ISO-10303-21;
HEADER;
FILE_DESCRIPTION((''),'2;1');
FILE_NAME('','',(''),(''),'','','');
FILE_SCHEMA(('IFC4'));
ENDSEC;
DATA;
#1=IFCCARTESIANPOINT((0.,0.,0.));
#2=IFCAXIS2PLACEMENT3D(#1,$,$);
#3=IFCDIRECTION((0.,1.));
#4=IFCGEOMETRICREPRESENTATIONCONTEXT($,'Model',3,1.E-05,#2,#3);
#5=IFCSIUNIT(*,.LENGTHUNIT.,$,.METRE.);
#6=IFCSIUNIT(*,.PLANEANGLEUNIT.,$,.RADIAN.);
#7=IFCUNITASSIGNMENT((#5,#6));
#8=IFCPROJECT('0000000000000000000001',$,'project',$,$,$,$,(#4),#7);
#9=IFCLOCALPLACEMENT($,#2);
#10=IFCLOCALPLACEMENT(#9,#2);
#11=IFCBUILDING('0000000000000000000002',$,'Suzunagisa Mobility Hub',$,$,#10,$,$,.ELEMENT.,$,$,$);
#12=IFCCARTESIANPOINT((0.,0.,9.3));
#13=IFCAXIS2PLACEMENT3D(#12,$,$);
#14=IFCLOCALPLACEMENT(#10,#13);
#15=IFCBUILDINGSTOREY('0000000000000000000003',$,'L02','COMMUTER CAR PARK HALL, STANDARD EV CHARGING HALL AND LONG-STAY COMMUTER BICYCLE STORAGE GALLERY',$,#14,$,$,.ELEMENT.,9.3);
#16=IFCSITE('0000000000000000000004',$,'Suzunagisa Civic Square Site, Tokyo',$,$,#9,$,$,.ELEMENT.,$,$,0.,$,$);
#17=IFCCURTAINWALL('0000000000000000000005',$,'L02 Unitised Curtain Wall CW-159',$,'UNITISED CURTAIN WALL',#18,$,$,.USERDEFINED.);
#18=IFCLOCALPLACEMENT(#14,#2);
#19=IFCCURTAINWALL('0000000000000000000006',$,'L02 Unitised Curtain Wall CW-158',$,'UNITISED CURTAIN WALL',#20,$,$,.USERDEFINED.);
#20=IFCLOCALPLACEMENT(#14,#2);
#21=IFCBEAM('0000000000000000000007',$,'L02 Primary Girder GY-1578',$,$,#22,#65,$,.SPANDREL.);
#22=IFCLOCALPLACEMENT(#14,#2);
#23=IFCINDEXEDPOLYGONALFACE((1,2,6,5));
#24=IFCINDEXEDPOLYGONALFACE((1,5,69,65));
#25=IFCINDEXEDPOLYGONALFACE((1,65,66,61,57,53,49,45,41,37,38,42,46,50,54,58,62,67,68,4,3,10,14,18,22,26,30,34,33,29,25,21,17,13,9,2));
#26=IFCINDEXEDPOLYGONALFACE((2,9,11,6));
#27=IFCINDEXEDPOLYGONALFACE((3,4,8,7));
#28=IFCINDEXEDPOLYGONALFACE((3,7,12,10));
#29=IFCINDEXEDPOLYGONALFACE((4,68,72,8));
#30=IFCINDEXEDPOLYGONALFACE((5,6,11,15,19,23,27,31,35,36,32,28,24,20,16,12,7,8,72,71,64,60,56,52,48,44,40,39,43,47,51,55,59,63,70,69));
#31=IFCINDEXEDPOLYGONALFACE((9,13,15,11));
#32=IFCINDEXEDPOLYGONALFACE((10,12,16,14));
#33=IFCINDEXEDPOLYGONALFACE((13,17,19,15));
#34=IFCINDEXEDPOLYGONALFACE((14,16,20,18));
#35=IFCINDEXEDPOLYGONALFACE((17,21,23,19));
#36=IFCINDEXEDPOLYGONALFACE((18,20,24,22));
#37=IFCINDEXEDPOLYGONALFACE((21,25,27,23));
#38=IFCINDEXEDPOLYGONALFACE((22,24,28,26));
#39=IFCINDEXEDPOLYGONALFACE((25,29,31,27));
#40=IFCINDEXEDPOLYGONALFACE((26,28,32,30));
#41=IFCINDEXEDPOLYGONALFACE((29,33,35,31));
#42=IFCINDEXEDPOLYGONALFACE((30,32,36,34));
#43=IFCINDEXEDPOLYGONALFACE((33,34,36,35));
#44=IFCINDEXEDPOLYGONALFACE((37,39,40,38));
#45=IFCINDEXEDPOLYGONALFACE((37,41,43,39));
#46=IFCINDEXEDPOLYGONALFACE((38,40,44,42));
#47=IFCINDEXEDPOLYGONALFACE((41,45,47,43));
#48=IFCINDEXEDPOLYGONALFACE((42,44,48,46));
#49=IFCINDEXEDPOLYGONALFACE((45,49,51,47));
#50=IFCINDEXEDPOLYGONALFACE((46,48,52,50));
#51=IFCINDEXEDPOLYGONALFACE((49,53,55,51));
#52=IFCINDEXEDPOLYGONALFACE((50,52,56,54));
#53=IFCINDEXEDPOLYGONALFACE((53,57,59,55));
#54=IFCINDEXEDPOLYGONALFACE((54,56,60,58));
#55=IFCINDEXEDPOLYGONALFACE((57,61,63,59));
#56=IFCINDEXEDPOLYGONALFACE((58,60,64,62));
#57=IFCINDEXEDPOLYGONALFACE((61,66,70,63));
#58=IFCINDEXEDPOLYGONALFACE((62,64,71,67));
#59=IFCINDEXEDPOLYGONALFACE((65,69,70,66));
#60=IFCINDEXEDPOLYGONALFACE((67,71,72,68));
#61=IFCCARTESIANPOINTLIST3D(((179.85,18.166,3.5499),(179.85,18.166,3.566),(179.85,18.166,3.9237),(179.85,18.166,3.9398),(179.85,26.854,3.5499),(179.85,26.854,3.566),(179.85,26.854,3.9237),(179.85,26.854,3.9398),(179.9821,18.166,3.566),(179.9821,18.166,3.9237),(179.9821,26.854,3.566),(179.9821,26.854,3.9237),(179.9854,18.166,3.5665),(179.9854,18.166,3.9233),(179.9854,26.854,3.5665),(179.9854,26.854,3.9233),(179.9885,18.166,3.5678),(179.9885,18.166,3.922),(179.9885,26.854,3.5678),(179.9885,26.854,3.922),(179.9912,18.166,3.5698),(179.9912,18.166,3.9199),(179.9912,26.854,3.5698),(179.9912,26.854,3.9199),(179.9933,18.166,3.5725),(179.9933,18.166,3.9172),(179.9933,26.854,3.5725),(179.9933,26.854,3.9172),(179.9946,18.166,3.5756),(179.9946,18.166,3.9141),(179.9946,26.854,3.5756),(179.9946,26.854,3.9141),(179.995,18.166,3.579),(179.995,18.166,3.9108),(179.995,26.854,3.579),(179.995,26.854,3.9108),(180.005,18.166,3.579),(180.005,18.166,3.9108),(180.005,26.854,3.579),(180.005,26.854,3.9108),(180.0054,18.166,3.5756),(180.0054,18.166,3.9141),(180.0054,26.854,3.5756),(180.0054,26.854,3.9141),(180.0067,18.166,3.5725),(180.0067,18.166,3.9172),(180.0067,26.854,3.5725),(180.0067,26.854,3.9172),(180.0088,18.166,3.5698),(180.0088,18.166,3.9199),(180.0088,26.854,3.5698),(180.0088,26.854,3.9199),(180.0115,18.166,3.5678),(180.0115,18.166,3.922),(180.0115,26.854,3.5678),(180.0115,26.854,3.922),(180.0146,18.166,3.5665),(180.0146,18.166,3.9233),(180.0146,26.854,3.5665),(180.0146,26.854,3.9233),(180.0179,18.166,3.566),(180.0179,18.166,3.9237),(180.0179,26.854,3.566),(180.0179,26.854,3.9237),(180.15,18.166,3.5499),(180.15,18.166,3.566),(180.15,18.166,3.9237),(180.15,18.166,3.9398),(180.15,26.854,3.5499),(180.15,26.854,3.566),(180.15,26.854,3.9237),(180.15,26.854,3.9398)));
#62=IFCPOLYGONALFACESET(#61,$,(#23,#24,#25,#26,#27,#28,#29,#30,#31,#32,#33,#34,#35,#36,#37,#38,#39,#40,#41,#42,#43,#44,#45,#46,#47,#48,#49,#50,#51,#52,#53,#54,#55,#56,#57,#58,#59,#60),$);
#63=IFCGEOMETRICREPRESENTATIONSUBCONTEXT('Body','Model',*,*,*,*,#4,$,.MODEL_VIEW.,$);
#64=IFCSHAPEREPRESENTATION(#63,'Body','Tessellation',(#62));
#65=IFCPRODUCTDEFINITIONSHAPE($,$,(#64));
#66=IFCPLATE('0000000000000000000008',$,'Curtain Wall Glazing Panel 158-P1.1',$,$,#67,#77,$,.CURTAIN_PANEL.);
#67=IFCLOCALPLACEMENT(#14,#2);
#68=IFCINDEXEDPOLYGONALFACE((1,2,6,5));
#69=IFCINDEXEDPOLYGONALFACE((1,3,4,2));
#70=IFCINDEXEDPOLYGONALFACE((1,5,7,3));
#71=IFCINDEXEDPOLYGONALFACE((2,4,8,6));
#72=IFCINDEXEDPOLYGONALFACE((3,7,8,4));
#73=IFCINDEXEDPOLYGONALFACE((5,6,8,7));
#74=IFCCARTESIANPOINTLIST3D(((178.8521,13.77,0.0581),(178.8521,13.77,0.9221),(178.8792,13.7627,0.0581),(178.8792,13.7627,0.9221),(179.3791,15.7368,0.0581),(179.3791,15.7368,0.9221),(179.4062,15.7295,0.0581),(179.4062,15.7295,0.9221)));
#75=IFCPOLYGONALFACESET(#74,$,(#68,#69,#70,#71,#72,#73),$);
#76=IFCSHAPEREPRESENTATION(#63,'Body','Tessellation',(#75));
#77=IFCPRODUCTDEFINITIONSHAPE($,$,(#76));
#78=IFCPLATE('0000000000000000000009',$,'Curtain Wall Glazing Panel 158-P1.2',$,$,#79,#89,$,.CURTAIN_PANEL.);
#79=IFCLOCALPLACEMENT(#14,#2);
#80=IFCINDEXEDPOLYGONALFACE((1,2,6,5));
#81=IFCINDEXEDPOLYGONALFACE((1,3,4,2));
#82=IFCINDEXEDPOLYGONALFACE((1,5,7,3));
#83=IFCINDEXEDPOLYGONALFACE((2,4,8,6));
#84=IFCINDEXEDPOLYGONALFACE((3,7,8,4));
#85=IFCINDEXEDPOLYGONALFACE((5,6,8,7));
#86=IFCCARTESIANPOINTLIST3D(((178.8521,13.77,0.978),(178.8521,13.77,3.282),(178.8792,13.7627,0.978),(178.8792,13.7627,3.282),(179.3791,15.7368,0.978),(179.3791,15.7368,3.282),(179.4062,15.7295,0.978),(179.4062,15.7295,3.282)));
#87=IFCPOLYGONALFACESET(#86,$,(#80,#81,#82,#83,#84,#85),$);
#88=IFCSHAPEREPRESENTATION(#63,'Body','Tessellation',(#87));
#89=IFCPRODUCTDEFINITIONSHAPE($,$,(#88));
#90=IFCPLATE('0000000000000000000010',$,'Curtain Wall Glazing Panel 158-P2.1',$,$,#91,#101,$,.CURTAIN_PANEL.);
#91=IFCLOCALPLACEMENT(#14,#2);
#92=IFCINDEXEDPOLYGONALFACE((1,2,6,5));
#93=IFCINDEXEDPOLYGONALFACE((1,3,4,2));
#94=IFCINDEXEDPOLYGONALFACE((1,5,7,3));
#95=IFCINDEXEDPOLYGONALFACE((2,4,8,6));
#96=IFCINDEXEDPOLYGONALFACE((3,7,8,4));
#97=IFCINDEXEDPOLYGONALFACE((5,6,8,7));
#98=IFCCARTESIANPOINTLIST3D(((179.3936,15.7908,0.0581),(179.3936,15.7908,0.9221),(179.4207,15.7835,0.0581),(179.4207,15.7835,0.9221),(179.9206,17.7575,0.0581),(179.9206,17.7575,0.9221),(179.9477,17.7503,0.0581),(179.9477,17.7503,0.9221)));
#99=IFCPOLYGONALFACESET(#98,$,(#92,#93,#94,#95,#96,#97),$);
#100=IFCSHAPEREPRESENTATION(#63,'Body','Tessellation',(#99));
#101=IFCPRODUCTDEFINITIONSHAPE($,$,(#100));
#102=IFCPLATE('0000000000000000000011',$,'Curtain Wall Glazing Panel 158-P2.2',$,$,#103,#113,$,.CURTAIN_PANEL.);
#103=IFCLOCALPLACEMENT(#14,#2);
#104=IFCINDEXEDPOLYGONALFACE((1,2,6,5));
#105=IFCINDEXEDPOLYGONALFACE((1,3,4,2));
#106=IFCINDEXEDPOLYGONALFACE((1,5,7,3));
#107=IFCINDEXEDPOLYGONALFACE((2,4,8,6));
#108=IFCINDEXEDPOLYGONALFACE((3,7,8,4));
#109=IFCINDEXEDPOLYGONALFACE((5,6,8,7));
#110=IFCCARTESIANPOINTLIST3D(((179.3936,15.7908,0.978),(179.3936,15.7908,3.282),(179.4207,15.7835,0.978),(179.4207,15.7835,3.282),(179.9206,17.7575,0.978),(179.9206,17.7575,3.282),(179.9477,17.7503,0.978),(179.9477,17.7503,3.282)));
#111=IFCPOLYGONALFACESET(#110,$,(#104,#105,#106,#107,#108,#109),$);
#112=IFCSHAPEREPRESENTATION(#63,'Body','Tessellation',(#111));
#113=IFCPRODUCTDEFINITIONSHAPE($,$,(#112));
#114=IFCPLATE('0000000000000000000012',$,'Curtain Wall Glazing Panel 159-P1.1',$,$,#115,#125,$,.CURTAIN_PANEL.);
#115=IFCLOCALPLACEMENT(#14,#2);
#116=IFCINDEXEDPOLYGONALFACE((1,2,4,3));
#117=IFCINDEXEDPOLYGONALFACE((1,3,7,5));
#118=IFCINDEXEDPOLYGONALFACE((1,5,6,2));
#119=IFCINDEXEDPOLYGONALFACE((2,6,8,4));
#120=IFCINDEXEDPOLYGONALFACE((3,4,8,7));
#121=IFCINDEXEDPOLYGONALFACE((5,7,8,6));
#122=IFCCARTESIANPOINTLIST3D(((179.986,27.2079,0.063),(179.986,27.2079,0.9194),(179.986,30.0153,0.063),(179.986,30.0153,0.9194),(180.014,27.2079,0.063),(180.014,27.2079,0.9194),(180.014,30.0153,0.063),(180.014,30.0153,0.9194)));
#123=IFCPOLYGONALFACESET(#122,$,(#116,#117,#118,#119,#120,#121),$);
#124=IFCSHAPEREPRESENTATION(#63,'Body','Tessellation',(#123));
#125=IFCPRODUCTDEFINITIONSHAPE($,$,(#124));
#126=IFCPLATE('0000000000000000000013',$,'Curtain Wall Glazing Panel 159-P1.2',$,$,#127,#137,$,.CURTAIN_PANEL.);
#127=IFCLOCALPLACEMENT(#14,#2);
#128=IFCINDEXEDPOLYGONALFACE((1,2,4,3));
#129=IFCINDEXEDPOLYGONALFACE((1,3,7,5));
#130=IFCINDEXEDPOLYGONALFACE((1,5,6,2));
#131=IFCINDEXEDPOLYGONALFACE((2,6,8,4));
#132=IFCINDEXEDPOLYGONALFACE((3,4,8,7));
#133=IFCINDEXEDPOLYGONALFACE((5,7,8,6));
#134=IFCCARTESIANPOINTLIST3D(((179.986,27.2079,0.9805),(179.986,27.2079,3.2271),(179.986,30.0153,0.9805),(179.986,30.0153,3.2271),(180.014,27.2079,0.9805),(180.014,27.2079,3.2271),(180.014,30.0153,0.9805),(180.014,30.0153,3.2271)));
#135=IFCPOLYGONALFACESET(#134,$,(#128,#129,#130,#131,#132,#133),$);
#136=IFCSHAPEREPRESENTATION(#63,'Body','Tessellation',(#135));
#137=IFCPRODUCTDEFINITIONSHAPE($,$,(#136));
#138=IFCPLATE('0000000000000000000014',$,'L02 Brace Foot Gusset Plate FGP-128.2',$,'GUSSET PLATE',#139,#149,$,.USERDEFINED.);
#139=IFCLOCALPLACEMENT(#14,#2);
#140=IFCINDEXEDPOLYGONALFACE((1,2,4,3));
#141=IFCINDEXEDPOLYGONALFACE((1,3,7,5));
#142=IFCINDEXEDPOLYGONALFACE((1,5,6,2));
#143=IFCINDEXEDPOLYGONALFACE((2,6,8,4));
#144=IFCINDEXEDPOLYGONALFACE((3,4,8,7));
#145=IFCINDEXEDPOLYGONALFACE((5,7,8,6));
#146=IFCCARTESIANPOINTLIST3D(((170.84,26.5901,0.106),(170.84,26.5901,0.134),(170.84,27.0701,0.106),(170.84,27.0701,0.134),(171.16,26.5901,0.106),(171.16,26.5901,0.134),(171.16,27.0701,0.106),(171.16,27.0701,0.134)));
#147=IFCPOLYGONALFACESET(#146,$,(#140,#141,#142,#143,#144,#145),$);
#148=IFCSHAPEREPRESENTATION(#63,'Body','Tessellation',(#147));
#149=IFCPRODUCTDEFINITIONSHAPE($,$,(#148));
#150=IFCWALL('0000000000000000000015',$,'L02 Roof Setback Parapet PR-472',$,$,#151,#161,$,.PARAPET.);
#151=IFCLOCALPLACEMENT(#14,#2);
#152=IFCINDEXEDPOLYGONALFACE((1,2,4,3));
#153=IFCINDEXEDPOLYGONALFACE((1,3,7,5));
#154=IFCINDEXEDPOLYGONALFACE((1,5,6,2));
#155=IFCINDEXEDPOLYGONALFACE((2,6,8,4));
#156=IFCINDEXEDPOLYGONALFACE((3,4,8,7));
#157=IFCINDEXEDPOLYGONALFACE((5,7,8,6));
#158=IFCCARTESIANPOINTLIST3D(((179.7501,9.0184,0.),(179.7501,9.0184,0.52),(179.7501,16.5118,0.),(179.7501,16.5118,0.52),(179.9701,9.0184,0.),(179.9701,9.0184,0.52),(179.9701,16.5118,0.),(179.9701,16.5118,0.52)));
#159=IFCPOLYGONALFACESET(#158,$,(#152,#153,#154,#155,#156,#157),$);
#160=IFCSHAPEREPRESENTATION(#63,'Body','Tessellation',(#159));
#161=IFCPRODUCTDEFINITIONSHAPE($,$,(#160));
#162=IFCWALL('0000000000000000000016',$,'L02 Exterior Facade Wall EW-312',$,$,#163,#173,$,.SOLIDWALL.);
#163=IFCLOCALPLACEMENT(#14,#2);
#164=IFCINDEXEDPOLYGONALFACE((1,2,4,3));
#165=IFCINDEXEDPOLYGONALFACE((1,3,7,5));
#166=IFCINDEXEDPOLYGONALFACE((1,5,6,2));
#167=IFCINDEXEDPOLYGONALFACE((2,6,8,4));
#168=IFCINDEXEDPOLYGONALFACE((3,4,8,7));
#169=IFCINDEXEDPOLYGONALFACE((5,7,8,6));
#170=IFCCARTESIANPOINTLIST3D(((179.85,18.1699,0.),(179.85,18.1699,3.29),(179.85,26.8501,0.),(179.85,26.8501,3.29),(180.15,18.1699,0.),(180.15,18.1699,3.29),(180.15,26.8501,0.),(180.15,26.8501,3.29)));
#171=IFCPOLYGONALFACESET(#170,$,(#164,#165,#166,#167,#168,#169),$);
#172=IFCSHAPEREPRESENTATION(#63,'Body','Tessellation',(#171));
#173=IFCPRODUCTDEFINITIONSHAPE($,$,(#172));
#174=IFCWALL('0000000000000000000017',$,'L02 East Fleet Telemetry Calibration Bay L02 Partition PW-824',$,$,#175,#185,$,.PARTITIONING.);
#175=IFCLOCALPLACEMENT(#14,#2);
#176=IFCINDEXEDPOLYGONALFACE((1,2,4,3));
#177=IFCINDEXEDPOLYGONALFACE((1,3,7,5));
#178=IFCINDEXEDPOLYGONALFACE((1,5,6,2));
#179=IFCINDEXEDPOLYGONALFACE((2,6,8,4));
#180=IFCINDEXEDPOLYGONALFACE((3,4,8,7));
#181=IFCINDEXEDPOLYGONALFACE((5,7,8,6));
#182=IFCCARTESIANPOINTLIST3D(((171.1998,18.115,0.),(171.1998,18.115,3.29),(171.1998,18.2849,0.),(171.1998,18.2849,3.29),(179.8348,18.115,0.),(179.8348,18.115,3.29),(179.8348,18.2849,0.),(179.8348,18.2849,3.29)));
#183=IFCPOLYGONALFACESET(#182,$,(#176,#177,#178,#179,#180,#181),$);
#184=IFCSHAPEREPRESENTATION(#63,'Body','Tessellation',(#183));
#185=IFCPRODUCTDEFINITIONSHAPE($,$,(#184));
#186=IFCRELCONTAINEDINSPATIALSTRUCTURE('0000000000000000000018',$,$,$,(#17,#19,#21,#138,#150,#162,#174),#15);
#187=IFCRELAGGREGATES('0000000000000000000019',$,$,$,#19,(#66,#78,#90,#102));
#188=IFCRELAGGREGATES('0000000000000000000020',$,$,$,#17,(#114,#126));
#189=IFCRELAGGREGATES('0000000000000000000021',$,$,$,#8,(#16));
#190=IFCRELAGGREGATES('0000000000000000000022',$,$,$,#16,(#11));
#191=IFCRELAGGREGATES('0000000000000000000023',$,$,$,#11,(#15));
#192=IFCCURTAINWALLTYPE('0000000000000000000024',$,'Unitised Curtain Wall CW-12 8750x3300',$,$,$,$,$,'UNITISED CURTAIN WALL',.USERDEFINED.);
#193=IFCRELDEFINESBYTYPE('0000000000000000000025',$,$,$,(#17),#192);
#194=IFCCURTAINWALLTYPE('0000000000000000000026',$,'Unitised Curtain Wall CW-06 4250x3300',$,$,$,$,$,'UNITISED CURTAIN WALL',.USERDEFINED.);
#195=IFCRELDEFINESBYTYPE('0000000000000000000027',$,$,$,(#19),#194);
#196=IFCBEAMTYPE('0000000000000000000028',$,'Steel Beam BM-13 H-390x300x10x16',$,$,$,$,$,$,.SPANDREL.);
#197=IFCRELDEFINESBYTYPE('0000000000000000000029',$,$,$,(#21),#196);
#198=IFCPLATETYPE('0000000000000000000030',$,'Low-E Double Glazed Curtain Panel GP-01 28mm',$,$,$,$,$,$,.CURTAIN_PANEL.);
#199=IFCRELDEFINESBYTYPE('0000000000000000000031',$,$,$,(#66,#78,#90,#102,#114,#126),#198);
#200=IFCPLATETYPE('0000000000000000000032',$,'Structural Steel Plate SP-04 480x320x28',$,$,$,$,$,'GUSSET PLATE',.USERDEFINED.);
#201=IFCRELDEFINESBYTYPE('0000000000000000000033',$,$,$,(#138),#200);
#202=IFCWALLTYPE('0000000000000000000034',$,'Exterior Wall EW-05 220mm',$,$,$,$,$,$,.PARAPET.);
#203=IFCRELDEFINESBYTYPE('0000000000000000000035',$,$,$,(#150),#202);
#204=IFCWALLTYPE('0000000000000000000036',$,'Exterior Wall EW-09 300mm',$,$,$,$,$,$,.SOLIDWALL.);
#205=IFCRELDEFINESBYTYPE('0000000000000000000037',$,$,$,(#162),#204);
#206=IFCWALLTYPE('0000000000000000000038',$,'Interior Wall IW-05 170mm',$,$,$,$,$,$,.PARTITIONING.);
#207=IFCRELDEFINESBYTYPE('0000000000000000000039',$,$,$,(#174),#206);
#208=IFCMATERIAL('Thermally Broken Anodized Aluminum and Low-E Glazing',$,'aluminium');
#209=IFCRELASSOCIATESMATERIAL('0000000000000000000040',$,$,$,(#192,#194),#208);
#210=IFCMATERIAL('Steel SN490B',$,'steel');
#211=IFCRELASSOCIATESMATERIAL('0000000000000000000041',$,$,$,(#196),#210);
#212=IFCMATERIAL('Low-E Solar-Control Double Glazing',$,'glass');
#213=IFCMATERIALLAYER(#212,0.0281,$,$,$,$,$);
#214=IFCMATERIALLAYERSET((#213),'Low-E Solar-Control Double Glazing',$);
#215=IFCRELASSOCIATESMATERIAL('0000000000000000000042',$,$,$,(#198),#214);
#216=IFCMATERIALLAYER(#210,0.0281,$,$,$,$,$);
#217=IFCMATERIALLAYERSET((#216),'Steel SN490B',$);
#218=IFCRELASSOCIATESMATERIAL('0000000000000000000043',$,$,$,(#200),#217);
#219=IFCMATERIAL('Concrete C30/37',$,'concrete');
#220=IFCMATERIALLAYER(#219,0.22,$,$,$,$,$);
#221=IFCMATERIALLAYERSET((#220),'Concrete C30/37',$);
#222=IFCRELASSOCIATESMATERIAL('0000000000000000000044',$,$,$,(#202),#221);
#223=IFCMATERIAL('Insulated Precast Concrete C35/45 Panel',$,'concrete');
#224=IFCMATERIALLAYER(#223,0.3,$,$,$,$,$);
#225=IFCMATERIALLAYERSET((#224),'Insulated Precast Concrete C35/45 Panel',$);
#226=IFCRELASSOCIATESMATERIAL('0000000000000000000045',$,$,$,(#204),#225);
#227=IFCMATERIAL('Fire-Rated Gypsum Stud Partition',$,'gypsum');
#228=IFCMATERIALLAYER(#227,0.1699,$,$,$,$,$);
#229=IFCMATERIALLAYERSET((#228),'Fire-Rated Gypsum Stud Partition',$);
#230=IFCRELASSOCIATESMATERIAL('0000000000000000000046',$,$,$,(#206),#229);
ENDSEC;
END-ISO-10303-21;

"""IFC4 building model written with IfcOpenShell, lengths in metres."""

from ifc_helpers import new_model, si_unit, direction, frame, frame_2d, origin, origin_2d, place, context, subcontext, project, spatial, rectangle, i_section, extrude, material, layer, layer_set, material_profile, profile_set, type_object, element, aggregate, save


model = new_model("IFC4")

# Units and contexts
model_context = context("Model", 3, precision=1e-05, world=origin(), true_north=direction((0.0, 1.0)))
body_context = subcontext(model_context, "Body", "Model", "MODEL_VIEW")
ifc_project = project(units=[si_unit("LENGTHUNIT", "METRE"), si_unit("PLANEANGLEUNIT", "RADIAN")], contexts=[model_context])

# Site, building, storey
site_placement = place(None, origin())
site = spatial("IfcSite", under=ifc_project, at=site_placement, Name="Suzunagisa Civic Square Site, Tokyo", CompositionType="ELEMENT", RefElevation=0.0)
building_placement = place(site_placement, origin())
building = spatial("IfcBuilding", under=site, at=building_placement, Name="Suzunagisa Mobility Hub", CompositionType="ELEMENT")
storey_placement = place(building_placement, frame((0.0, 0.0, 9.3)))
storey = spatial("IfcBuildingStorey", under=building, at=storey_placement, Name="L02", Description="COMMUTER CAR PARK HALL, STANDARD EV CHARGING HALL AND LONG-STAY COMMUTER BICYCLE STORAGE GALLERY", CompositionType="ELEMENT", Elevation=9.3)

# Shared definitions
ifc_material_1 = material(Name="Steel SN490B", Category="steel")

# Curtain walls
ifc_material_2 = material(Name="Thermally Broken Anodized Aluminum and Low-E Glazing", Category="aluminium")
curtain_wall_type_1 = type_object("IfcCurtainWallType", Name="Unitised Curtain Wall CW-12 8750x3300", ElementType="UNITISED CURTAIN WALL", PredefinedType="USERDEFINED", material=ifc_material_2)
curtain_wall_1_placement = place(storey_placement, origin())
curtain_wall_1 = element("IfcCurtainWall", 1, at=curtain_wall_1_placement, inside=storey, type_object=curtain_wall_type_1, Name="L02 Unitised Curtain Wall CW-159", ObjectType="UNITISED CURTAIN WALL", PredefinedType="USERDEFINED")
curtain_wall_type_2 = type_object("IfcCurtainWallType", Name="Unitised Curtain Wall CW-06 4250x3300", ElementType="UNITISED CURTAIN WALL", PredefinedType="USERDEFINED", material=ifc_material_2)
curtain_wall_2_placement = place(storey_placement, origin())
curtain_wall_2 = element("IfcCurtainWall", 2, at=curtain_wall_2_placement, inside=storey, type_object=curtain_wall_type_2, Name="L02 Unitised Curtain Wall CW-158", ObjectType="UNITISED CURTAIN WALL", PredefinedType="USERDEFINED")

# Beam
ifc_material_profile_1 = material_profile(ifc_material_1, i_section(OverallWidth=0.3, OverallDepth=0.3899, WebThickness=0.01, FlangeThickness=0.0161, FilletRadius=0.0129, at=origin_2d()), Name="H-390x300x10x16")
ifc_profile_set_1 = profile_set([ifc_material_profile_1], Name="Steel SN490B")
beam_type_1 = type_object("IfcBeamType", Name="Steel Beam BM-13 H-390x300x10x16", PredefinedType="SPANDREL", material=ifc_profile_set_1)
beam_1_placement = place(storey_placement, frame((180.0, 18.166, 3.7449), z_axis=(0.0, 1.0, 0.0), x_axis=(-1.0, 0.0, 0.0)))
element("IfcBeam", 3, at=beam_1_placement, inside=storey, type_object=beam_type_1, Name="L02 Primary Girder GY-1578", PredefinedType="SPANDREL", context=body_context, shape_type="SweptSolid", body=[
    extrude(i_section(OverallWidth=0.3, OverallDepth=0.3899, WebThickness=0.01, FlangeThickness=0.0161, FilletRadius=0.0129, at=origin_2d()), origin(), (0.0, 0.0, 1.0), 8.688),
])

# Plates
ifc_material_3 = material(Name="Low-E Solar-Control Double Glazing", Category="glass")
ifc_layer_1 = layer(ifc_material_3, 0.0281)
ifc_layer_set_1 = layer_set([ifc_layer_1], Name="Low-E Solar-Control Double Glazing")
plate_type_1 = type_object("IfcPlateType", Name="Low-E Double Glazed Curtain Panel GP-01 28mm", PredefinedType="CURTAIN_PANEL", material=ifc_layer_set_1)
plate_1_placement = place(storey_placement, frame((179.1292, 14.7498, 0.0581), z_axis=(0.0, 0.0, 1.0), x_axis=(0.258811, 0.965928, 0.0)))
plate_1 = element("IfcPlate", 4, at=plate_1_placement, type_object=plate_type_1, Name="Curtain Wall Glazing Panel 158-P1.1", PredefinedType="CURTAIN_PANEL", context=body_context, shape_type="SweptSolid", body=[
    extrude(rectangle(XDim=2.0361, YDim=0.0281, at=origin_2d()), origin(), (0.0, 0.0, 1.0), 0.864),
])
plate_2_placement = place(storey_placement, frame((179.1292, 14.7498, 0.978), z_axis=(0.0, 0.0, 1.0), x_axis=(0.258811, 0.965928, 0.0)))
plate_2 = element("IfcPlate", 5, at=plate_2_placement, type_object=plate_type_1, Name="Curtain Wall Glazing Panel 158-P1.2", PredefinedType="CURTAIN_PANEL", context=body_context, shape_type="SweptSolid", body=[
    extrude(rectangle(XDim=2.0361, YDim=0.0281, at=origin_2d()), origin(), (0.0, 0.0, 1.0), 2.304),
])
plate_3_placement = place(storey_placement, frame((179.6707, 16.7705, 0.0581), z_axis=(0.0, 0.0, 1.0), x_axis=(0.258811, 0.965928, 0.0)))
plate_3 = element("IfcPlate", 6, at=plate_3_placement, type_object=plate_type_1, Name="Curtain Wall Glazing Panel 158-P2.1", PredefinedType="CURTAIN_PANEL", context=body_context, shape_type="SweptSolid", body=[
    extrude(rectangle(XDim=2.0361, YDim=0.0281, at=origin_2d()), origin(), (0.0, 0.0, 1.0), 0.864),
])
plate_4_placement = place(storey_placement, frame((179.6707, 16.7705, 0.978), z_axis=(0.0, 0.0, 1.0), x_axis=(0.258811, 0.965928, 0.0)))
plate_4 = element("IfcPlate", 7, at=plate_4_placement, type_object=plate_type_1, Name="Curtain Wall Glazing Panel 158-P2.2", PredefinedType="CURTAIN_PANEL", context=body_context, shape_type="SweptSolid", body=[
    extrude(rectangle(XDim=2.0361, YDim=0.0281, at=origin_2d()), origin(), (0.0, 0.0, 1.0), 2.304),
])
aggregate(curtain_wall_2, [plate_1, plate_2, plate_3, plate_4])
plate_5_placement = place(storey_placement, frame((180.0, 28.6116, 0.063), z_axis=(0.0, 0.0, 1.0), x_axis=(0.0, 1.0, 0.0)))
plate_5 = element("IfcPlate", 8, at=plate_5_placement, type_object=plate_type_1, Name="Curtain Wall Glazing Panel 159-P1.1", PredefinedType="CURTAIN_PANEL", context=body_context, shape_type="SweptSolid", body=[
    extrude(rectangle(XDim=2.8074, YDim=0.0281, at=origin_2d()), origin(), (0.0, 0.0, 1.0), 0.8564),
])
plate_6_placement = place(storey_placement, frame((180.0, 28.6116, 0.9805), z_axis=(0.0, 0.0, 1.0), x_axis=(0.0, 1.0, 0.0)))
plate_6 = element("IfcPlate", 9, at=plate_6_placement, type_object=plate_type_1, Name="Curtain Wall Glazing Panel 159-P1.2", PredefinedType="CURTAIN_PANEL", context=body_context, shape_type="SweptSolid", body=[
    extrude(rectangle(XDim=2.8074, YDim=0.0281, at=origin_2d()), origin(), (0.0, 0.0, 1.0), 2.2466),
])
aggregate(curtain_wall_1, [plate_5, plate_6])
ifc_layer_2 = layer(ifc_material_1, 0.0281)
ifc_layer_set_2 = layer_set([ifc_layer_2], Name="Steel SN490B")
plate_type_2 = type_object("IfcPlateType", Name="Structural Steel Plate SP-04 480x320x28", ElementType="GUSSET PLATE", PredefinedType="USERDEFINED", material=ifc_layer_set_2)
plate_7_placement = place(storey_placement, frame((171.0, 26.8301, 0.106), z_axis=(0.0, 0.0, 1.0), x_axis=(1.0, 0.0, 0.0)))
element("IfcPlate", 10, at=plate_7_placement, inside=storey, type_object=plate_type_2, Name="L02 Brace Foot Gusset Plate FGP-128.2", ObjectType="GUSSET PLATE", PredefinedType="USERDEFINED", context=body_context, shape_type="SweptSolid", body=[
    extrude(rectangle(XDim=0.3201, YDim=0.48, at=origin_2d()), origin(), (0.0, 0.0, 1.0), 0.0281),
])

# Walls
ifc_material_4 = material(Name="Concrete C30/37", Category="concrete")
ifc_layer_3 = layer(ifc_material_4, 0.22)
ifc_layer_set_3 = layer_set([ifc_layer_3], Name="Concrete C30/37")
wall_type_1 = type_object("IfcWallType", Name="Exterior Wall EW-05 220mm", PredefinedType="PARAPET", material=ifc_layer_set_3)
wall_1_placement = place(storey_placement, frame((179.8601, 16.5117, 0.0), z_axis=(0.0, 0.0, 1.0), x_axis=(0.0, -1.0, 0.0)))
element("IfcWall", 11, at=wall_1_placement, inside=storey, type_object=wall_type_1, Name="L02 Roof Setback Parapet PR-472", PredefinedType="PARAPET", context=body_context, shape_type="SweptSolid", body=[
    extrude(rectangle(XDim=7.4934, YDim=0.22, at=frame_2d((3.7466, 0.0))), origin(), (0.0, 0.0, 1.0), 0.52),
])
ifc_material_5 = material(Name="Insulated Precast Concrete C35/45 Panel", Category="concrete")
ifc_layer_4 = layer(ifc_material_5, 0.3)
ifc_layer_set_4 = layer_set([ifc_layer_4], Name="Insulated Precast Concrete C35/45 Panel")
wall_type_2 = type_object("IfcWallType", Name="Exterior Wall EW-09 300mm", PredefinedType="SOLIDWALL", material=ifc_layer_set_4)
wall_2_placement = place(storey_placement, frame((180.0, 18.1699, 0.0), z_axis=(0.0, 0.0, 1.0), x_axis=(0.0, 1.0, 0.0)))
element("IfcWall", 12, at=wall_2_placement, inside=storey, type_object=wall_type_2, Name="L02 Exterior Facade Wall EW-312", PredefinedType="SOLIDWALL", context=body_context, shape_type="SweptSolid", body=[
    extrude(rectangle(XDim=8.6802, YDim=0.3, at=frame_2d((4.3401, 0.0))), origin(), (0.0, 0.0, 1.0), 3.29),
])
ifc_material_6 = material(Name="Fire-Rated Gypsum Stud Partition", Category="gypsum")
ifc_layer_5 = layer(ifc_material_6, 0.1699)
ifc_layer_set_5 = layer_set([ifc_layer_5], Name="Fire-Rated Gypsum Stud Partition")
wall_type_3 = type_object("IfcWallType", Name="Interior Wall IW-05 170mm", PredefinedType="PARTITIONING", material=ifc_layer_set_5)
wall_3_placement = place(storey_placement, frame((171.2, 18.2, 0.0), z_axis=(0.0, 0.0, 1.0), x_axis=(1.0, 0.0, 0.0)))
element("IfcWall", 13, at=wall_3_placement, inside=storey, type_object=wall_type_3, Name="L02 East Fleet Telemetry Calibration Bay L02 Partition PW-824", PredefinedType="PARTITIONING", context=body_context, shape_type="SweptSolid", body=[
    extrude(rectangle(XDim=8.635, YDim=0.1699, at=frame_2d((4.3174, 0.0))), origin(), (0.0, 0.0, 1.0), 3.29),
])

save(model, "model.ifc")
